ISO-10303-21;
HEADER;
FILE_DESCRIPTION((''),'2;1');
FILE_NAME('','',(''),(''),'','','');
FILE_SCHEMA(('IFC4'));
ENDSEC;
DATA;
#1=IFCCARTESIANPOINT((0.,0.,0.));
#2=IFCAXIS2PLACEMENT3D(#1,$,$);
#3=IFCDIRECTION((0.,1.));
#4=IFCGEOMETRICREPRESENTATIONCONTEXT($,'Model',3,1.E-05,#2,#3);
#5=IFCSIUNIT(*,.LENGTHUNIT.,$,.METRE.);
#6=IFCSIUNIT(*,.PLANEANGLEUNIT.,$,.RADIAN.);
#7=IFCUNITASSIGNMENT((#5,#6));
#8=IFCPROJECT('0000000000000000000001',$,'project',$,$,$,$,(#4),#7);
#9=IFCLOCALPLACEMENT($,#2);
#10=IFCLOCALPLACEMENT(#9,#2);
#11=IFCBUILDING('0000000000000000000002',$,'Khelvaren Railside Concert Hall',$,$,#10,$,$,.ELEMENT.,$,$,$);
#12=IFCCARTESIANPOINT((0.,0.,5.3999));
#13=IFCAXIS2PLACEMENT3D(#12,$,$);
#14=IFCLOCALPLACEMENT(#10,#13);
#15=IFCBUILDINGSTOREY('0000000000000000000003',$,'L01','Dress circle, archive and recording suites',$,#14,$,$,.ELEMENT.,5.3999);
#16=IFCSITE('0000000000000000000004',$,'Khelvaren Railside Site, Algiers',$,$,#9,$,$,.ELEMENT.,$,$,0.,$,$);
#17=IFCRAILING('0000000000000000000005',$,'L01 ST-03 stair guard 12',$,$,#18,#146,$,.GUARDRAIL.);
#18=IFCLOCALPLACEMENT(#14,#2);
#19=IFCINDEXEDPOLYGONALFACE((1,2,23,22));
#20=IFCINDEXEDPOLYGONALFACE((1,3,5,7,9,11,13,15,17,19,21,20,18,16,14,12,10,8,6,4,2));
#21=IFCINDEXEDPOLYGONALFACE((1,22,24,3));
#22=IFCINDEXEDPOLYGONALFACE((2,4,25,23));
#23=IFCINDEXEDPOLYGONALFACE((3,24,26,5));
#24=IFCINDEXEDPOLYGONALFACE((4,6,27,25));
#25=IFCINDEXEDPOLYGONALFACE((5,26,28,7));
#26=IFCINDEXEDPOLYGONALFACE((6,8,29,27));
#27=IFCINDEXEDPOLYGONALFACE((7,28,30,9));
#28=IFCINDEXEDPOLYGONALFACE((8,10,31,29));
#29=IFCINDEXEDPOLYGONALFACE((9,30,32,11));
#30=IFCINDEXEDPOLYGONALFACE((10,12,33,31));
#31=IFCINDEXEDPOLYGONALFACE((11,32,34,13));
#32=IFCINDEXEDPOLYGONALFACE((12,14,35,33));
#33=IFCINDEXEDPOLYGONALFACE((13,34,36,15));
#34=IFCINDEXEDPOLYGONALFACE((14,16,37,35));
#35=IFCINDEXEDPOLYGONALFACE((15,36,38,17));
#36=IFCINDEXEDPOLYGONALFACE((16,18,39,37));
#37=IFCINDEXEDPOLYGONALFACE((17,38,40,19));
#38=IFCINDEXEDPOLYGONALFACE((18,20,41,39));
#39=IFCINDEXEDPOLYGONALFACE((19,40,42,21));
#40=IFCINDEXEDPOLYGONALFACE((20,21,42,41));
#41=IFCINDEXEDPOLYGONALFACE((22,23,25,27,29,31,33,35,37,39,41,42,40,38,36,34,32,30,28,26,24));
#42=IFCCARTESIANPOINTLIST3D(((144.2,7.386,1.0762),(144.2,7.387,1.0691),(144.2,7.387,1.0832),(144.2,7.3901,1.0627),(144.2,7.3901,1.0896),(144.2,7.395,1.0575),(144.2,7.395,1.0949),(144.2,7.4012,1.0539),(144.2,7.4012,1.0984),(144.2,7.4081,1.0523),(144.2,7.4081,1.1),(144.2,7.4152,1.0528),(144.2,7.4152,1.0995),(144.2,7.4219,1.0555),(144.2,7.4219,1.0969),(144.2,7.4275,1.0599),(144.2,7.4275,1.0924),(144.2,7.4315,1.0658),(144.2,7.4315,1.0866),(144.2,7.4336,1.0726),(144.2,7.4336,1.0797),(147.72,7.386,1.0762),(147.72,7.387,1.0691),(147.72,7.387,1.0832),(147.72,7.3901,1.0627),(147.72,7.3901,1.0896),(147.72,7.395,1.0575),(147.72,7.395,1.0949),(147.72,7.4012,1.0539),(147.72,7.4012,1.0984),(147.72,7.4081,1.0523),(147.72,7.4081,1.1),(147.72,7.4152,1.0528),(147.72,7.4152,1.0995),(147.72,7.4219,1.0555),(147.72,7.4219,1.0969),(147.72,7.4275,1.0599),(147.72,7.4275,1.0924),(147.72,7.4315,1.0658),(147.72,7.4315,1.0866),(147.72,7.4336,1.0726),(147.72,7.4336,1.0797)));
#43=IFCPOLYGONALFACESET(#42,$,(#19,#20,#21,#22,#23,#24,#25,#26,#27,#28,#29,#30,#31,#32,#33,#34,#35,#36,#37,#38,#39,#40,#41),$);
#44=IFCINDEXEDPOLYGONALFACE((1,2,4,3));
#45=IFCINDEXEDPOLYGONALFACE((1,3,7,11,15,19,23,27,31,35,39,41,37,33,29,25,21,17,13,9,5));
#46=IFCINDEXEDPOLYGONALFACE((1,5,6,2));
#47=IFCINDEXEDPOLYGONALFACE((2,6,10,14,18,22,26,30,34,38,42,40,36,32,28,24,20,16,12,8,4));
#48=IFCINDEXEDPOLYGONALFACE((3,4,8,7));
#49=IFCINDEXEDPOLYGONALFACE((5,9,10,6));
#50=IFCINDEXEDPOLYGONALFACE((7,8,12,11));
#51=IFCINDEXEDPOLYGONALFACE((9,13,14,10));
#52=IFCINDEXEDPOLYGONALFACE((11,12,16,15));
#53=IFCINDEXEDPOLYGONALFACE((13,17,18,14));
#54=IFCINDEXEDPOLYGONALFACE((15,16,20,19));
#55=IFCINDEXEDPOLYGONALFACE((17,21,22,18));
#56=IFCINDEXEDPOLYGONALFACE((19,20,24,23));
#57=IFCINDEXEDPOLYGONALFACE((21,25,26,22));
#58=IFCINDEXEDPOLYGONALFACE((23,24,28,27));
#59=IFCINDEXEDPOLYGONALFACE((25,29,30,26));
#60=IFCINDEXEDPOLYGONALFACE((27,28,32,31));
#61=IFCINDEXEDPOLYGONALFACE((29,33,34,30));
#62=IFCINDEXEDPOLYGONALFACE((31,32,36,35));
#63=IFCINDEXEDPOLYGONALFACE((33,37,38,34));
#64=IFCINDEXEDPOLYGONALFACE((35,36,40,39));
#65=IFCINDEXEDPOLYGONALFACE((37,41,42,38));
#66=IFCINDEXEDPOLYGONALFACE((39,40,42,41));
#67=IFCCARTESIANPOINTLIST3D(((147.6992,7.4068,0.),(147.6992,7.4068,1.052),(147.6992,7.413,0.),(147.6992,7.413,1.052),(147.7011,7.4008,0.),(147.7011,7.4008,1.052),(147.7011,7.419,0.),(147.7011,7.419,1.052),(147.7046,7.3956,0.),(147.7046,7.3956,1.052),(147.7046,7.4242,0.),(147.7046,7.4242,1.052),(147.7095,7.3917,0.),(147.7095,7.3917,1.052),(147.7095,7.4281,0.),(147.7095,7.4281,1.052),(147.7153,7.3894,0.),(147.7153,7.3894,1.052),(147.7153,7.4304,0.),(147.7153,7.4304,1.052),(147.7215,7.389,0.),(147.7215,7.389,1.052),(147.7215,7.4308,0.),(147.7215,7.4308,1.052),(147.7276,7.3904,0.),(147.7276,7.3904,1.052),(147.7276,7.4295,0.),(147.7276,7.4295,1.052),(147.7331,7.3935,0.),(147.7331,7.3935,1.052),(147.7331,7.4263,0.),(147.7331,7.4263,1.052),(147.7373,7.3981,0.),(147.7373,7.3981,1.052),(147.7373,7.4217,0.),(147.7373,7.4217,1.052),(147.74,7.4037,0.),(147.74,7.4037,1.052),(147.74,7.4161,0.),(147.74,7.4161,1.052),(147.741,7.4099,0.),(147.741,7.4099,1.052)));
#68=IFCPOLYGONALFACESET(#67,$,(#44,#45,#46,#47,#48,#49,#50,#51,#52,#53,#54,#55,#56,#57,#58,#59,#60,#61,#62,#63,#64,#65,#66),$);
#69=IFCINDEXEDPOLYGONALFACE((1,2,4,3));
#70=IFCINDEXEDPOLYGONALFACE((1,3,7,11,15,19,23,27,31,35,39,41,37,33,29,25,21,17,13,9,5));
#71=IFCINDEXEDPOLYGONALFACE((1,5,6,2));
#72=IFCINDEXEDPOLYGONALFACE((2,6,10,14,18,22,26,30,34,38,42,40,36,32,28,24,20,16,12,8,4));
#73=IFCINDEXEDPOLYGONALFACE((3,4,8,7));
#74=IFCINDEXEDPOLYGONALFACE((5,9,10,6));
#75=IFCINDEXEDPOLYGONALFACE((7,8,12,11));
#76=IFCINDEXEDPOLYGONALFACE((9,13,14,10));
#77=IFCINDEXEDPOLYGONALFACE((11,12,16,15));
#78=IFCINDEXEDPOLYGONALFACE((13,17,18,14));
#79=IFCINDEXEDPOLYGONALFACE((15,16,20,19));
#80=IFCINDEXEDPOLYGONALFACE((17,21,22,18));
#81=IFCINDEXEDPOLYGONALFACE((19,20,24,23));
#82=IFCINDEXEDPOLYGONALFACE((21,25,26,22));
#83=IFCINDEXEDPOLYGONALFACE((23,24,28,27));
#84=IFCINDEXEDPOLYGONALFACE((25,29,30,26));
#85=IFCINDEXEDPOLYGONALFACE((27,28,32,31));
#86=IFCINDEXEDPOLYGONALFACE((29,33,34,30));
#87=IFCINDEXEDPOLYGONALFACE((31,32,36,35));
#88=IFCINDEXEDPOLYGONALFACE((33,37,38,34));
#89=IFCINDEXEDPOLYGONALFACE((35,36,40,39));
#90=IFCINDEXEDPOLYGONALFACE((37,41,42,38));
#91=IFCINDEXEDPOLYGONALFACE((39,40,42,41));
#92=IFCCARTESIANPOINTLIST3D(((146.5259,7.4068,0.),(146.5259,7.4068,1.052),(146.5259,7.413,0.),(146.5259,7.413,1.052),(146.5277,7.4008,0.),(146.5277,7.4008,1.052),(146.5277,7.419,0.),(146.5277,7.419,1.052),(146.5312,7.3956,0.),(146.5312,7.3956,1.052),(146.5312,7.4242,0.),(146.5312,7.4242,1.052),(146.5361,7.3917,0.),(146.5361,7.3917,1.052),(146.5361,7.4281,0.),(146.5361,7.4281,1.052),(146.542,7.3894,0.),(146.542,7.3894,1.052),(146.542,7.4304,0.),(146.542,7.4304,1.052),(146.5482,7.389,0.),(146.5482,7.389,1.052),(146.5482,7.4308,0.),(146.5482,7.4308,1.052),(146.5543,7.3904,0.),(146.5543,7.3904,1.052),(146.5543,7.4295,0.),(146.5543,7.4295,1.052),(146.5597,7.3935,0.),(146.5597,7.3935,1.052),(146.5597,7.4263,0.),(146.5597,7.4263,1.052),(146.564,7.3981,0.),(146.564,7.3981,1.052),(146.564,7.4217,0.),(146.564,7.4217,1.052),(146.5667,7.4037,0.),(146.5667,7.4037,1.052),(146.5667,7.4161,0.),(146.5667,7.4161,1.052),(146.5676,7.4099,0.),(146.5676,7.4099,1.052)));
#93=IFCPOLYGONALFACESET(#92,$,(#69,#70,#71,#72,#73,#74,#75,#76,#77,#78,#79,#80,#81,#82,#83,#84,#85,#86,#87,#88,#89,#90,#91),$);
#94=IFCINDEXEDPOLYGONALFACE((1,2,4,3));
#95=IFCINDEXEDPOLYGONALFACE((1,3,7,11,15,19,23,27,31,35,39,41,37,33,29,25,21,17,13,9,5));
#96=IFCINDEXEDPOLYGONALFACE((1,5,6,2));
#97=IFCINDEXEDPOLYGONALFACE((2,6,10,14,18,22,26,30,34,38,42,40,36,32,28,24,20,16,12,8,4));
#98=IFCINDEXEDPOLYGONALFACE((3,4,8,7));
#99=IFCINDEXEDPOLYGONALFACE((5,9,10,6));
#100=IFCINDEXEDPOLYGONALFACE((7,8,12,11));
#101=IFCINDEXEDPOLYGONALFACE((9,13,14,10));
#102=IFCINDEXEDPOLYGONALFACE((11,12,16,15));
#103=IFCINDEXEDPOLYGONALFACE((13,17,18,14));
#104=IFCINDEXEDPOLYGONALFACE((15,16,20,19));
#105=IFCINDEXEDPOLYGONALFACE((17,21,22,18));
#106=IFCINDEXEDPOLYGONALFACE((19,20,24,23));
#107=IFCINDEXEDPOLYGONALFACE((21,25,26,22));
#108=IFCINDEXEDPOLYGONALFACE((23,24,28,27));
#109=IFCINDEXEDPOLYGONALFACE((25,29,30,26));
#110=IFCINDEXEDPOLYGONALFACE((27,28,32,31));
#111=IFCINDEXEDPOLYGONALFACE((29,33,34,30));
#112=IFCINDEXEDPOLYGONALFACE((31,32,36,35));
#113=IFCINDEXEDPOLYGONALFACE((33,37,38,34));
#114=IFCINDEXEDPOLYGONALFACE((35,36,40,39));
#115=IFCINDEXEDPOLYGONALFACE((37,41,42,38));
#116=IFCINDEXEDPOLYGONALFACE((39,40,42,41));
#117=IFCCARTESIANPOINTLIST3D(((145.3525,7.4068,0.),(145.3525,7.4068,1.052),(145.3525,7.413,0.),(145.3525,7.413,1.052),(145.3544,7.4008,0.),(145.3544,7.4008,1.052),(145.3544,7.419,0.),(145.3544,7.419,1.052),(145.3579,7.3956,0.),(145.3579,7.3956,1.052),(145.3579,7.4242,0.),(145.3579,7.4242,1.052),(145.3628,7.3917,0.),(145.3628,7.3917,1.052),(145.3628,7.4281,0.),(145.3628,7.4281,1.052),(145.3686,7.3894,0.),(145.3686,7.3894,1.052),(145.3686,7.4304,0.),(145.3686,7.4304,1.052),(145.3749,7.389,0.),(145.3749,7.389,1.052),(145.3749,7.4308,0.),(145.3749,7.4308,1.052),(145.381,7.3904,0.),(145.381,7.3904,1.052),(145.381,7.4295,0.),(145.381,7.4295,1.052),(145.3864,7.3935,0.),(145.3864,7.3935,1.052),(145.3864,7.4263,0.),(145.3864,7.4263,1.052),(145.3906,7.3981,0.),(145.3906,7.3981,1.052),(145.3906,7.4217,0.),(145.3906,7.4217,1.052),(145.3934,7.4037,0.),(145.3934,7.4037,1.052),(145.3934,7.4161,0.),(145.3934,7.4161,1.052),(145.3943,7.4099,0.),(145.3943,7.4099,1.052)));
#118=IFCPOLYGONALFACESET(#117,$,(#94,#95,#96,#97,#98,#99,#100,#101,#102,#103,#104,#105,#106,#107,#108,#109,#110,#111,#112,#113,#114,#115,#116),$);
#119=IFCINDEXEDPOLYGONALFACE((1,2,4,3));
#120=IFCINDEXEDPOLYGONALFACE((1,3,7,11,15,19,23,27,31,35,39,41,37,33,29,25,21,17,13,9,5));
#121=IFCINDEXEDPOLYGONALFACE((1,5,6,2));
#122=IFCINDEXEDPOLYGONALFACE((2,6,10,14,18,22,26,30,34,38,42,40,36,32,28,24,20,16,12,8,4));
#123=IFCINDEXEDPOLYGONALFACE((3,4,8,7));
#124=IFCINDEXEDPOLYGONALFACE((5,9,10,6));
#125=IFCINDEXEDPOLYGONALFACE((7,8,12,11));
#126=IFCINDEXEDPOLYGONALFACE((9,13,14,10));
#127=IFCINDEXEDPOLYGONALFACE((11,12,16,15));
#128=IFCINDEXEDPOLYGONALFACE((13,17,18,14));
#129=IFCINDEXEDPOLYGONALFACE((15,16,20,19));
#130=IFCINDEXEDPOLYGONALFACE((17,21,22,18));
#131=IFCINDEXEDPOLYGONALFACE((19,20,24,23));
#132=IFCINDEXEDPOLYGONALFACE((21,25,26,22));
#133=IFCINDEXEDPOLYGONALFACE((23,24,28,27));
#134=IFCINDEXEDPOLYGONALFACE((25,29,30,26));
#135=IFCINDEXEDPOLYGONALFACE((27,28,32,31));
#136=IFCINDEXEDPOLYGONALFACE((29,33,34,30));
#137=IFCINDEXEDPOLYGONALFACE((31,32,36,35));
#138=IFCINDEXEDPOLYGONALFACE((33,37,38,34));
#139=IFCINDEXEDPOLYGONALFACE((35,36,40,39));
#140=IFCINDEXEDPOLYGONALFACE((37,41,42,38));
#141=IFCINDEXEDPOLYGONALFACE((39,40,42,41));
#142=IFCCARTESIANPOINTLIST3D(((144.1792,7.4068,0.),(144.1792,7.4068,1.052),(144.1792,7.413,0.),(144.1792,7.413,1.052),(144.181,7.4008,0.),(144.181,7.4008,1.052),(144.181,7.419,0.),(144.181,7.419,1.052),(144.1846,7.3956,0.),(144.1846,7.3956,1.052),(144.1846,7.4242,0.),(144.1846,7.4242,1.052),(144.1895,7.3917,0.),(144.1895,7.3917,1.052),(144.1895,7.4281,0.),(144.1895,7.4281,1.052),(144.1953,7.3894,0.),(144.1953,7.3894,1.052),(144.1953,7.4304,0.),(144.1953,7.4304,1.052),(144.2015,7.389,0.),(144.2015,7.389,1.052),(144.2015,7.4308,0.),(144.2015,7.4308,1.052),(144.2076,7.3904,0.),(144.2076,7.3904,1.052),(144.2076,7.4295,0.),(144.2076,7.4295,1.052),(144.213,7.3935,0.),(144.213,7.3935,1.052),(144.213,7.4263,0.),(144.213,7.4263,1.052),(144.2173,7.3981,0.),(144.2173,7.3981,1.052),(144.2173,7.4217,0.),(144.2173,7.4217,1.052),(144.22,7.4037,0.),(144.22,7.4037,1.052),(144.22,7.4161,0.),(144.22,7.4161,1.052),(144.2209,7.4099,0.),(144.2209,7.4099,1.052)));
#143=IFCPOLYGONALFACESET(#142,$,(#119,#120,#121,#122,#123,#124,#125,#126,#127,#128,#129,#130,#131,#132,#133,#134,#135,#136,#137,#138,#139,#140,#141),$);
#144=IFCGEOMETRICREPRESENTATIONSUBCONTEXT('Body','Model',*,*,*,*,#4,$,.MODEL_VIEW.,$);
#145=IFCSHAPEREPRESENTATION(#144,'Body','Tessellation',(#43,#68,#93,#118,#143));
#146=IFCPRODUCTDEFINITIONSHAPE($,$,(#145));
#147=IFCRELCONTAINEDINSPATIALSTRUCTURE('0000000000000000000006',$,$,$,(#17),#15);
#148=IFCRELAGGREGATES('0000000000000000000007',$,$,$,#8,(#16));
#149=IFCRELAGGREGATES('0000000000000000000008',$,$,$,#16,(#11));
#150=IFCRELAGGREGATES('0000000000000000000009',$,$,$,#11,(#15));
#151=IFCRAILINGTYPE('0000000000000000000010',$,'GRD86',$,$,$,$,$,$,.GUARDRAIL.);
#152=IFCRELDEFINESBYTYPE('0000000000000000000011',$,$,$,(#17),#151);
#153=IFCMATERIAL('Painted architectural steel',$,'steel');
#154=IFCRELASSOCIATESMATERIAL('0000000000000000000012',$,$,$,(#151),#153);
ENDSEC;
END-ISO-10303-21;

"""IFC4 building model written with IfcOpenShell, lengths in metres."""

from ifc_helpers import new_model, si_unit, direction, frame, origin, origin_2d, place, context, subcontext, project, spatial, circle, extrude, material, type_object, element, save


model = new_model("IFC4")

# Units and contexts
model_context = context("Model", 3, precision=1e-05, world=origin(), true_north=direction((0.0, 1.0)))
body_context = subcontext(model_context, "Body", "Model", "MODEL_VIEW")
ifc_project = project(units=[si_unit("LENGTHUNIT", "METRE"), si_unit("PLANEANGLEUNIT", "RADIAN")], contexts=[model_context])

# Site, building, storey
site_placement = place(None, origin())
site = spatial("IfcSite", under=ifc_project, at=site_placement, Name="Khelvaren Railside Site, Algiers", CompositionType="ELEMENT", RefElevation=0.0)
building_placement = place(site_placement, origin())
building = spatial("IfcBuilding", under=site, at=building_placement, Name="Khelvaren Railside Concert Hall", CompositionType="ELEMENT")
storey_placement = place(building_placement, frame((0.0, 0.0, 5.3999)))
storey = spatial("IfcBuildingStorey", under=building, at=storey_placement, Name="L01", Description="Dress circle, archive and recording suites", CompositionType="ELEMENT", Elevation=5.3999)

# Railing
ifc_material_1 = material(Name="Painted architectural steel", Category="steel")
railing_type_1 = type_object("IfcRailingType", Name="GRD86", PredefinedType="GUARDRAIL", material=ifc_material_1)
railing_1_placement = place(storey_placement, frame((147.72, 7.4099, 0.0)))
element("IfcRailing", 1, at=railing_1_placement, inside=storey, type_object=railing_type_1, Name="L01 ST-03 stair guard 12", PredefinedType="GUARDRAIL", context=body_context, shape_type="SweptSolid", body=[
    extrude(circle(Radius=0.0239, at=origin_2d()), frame((0.0, 0.0, 1.0762), z_axis=(-1.0, 0.0, 0.0), x_axis=(0.0, -1.0, 0.0)), (0.0, 0.0, 1.0), 3.52),
    extrude(circle(Radius=0.021, at=origin_2d()), origin(), (0.0, 0.0, 1.0), 1.052),
    extrude(circle(Radius=0.021, at=origin_2d()), frame((-1.1733, 0.0, 0.0)), (0.0, 0.0, 1.0), 1.052),
    extrude(circle(Radius=0.021, at=origin_2d()), frame((-2.3467, 0.0, 0.0)), (0.0, 0.0, 1.0), 1.052),
    extrude(circle(Radius=0.021, at=origin_2d()), frame((-3.52, 0.0, 0.0)), (0.0, 0.0, 1.0), 1.052),
])

save(model, "model.ifc")
